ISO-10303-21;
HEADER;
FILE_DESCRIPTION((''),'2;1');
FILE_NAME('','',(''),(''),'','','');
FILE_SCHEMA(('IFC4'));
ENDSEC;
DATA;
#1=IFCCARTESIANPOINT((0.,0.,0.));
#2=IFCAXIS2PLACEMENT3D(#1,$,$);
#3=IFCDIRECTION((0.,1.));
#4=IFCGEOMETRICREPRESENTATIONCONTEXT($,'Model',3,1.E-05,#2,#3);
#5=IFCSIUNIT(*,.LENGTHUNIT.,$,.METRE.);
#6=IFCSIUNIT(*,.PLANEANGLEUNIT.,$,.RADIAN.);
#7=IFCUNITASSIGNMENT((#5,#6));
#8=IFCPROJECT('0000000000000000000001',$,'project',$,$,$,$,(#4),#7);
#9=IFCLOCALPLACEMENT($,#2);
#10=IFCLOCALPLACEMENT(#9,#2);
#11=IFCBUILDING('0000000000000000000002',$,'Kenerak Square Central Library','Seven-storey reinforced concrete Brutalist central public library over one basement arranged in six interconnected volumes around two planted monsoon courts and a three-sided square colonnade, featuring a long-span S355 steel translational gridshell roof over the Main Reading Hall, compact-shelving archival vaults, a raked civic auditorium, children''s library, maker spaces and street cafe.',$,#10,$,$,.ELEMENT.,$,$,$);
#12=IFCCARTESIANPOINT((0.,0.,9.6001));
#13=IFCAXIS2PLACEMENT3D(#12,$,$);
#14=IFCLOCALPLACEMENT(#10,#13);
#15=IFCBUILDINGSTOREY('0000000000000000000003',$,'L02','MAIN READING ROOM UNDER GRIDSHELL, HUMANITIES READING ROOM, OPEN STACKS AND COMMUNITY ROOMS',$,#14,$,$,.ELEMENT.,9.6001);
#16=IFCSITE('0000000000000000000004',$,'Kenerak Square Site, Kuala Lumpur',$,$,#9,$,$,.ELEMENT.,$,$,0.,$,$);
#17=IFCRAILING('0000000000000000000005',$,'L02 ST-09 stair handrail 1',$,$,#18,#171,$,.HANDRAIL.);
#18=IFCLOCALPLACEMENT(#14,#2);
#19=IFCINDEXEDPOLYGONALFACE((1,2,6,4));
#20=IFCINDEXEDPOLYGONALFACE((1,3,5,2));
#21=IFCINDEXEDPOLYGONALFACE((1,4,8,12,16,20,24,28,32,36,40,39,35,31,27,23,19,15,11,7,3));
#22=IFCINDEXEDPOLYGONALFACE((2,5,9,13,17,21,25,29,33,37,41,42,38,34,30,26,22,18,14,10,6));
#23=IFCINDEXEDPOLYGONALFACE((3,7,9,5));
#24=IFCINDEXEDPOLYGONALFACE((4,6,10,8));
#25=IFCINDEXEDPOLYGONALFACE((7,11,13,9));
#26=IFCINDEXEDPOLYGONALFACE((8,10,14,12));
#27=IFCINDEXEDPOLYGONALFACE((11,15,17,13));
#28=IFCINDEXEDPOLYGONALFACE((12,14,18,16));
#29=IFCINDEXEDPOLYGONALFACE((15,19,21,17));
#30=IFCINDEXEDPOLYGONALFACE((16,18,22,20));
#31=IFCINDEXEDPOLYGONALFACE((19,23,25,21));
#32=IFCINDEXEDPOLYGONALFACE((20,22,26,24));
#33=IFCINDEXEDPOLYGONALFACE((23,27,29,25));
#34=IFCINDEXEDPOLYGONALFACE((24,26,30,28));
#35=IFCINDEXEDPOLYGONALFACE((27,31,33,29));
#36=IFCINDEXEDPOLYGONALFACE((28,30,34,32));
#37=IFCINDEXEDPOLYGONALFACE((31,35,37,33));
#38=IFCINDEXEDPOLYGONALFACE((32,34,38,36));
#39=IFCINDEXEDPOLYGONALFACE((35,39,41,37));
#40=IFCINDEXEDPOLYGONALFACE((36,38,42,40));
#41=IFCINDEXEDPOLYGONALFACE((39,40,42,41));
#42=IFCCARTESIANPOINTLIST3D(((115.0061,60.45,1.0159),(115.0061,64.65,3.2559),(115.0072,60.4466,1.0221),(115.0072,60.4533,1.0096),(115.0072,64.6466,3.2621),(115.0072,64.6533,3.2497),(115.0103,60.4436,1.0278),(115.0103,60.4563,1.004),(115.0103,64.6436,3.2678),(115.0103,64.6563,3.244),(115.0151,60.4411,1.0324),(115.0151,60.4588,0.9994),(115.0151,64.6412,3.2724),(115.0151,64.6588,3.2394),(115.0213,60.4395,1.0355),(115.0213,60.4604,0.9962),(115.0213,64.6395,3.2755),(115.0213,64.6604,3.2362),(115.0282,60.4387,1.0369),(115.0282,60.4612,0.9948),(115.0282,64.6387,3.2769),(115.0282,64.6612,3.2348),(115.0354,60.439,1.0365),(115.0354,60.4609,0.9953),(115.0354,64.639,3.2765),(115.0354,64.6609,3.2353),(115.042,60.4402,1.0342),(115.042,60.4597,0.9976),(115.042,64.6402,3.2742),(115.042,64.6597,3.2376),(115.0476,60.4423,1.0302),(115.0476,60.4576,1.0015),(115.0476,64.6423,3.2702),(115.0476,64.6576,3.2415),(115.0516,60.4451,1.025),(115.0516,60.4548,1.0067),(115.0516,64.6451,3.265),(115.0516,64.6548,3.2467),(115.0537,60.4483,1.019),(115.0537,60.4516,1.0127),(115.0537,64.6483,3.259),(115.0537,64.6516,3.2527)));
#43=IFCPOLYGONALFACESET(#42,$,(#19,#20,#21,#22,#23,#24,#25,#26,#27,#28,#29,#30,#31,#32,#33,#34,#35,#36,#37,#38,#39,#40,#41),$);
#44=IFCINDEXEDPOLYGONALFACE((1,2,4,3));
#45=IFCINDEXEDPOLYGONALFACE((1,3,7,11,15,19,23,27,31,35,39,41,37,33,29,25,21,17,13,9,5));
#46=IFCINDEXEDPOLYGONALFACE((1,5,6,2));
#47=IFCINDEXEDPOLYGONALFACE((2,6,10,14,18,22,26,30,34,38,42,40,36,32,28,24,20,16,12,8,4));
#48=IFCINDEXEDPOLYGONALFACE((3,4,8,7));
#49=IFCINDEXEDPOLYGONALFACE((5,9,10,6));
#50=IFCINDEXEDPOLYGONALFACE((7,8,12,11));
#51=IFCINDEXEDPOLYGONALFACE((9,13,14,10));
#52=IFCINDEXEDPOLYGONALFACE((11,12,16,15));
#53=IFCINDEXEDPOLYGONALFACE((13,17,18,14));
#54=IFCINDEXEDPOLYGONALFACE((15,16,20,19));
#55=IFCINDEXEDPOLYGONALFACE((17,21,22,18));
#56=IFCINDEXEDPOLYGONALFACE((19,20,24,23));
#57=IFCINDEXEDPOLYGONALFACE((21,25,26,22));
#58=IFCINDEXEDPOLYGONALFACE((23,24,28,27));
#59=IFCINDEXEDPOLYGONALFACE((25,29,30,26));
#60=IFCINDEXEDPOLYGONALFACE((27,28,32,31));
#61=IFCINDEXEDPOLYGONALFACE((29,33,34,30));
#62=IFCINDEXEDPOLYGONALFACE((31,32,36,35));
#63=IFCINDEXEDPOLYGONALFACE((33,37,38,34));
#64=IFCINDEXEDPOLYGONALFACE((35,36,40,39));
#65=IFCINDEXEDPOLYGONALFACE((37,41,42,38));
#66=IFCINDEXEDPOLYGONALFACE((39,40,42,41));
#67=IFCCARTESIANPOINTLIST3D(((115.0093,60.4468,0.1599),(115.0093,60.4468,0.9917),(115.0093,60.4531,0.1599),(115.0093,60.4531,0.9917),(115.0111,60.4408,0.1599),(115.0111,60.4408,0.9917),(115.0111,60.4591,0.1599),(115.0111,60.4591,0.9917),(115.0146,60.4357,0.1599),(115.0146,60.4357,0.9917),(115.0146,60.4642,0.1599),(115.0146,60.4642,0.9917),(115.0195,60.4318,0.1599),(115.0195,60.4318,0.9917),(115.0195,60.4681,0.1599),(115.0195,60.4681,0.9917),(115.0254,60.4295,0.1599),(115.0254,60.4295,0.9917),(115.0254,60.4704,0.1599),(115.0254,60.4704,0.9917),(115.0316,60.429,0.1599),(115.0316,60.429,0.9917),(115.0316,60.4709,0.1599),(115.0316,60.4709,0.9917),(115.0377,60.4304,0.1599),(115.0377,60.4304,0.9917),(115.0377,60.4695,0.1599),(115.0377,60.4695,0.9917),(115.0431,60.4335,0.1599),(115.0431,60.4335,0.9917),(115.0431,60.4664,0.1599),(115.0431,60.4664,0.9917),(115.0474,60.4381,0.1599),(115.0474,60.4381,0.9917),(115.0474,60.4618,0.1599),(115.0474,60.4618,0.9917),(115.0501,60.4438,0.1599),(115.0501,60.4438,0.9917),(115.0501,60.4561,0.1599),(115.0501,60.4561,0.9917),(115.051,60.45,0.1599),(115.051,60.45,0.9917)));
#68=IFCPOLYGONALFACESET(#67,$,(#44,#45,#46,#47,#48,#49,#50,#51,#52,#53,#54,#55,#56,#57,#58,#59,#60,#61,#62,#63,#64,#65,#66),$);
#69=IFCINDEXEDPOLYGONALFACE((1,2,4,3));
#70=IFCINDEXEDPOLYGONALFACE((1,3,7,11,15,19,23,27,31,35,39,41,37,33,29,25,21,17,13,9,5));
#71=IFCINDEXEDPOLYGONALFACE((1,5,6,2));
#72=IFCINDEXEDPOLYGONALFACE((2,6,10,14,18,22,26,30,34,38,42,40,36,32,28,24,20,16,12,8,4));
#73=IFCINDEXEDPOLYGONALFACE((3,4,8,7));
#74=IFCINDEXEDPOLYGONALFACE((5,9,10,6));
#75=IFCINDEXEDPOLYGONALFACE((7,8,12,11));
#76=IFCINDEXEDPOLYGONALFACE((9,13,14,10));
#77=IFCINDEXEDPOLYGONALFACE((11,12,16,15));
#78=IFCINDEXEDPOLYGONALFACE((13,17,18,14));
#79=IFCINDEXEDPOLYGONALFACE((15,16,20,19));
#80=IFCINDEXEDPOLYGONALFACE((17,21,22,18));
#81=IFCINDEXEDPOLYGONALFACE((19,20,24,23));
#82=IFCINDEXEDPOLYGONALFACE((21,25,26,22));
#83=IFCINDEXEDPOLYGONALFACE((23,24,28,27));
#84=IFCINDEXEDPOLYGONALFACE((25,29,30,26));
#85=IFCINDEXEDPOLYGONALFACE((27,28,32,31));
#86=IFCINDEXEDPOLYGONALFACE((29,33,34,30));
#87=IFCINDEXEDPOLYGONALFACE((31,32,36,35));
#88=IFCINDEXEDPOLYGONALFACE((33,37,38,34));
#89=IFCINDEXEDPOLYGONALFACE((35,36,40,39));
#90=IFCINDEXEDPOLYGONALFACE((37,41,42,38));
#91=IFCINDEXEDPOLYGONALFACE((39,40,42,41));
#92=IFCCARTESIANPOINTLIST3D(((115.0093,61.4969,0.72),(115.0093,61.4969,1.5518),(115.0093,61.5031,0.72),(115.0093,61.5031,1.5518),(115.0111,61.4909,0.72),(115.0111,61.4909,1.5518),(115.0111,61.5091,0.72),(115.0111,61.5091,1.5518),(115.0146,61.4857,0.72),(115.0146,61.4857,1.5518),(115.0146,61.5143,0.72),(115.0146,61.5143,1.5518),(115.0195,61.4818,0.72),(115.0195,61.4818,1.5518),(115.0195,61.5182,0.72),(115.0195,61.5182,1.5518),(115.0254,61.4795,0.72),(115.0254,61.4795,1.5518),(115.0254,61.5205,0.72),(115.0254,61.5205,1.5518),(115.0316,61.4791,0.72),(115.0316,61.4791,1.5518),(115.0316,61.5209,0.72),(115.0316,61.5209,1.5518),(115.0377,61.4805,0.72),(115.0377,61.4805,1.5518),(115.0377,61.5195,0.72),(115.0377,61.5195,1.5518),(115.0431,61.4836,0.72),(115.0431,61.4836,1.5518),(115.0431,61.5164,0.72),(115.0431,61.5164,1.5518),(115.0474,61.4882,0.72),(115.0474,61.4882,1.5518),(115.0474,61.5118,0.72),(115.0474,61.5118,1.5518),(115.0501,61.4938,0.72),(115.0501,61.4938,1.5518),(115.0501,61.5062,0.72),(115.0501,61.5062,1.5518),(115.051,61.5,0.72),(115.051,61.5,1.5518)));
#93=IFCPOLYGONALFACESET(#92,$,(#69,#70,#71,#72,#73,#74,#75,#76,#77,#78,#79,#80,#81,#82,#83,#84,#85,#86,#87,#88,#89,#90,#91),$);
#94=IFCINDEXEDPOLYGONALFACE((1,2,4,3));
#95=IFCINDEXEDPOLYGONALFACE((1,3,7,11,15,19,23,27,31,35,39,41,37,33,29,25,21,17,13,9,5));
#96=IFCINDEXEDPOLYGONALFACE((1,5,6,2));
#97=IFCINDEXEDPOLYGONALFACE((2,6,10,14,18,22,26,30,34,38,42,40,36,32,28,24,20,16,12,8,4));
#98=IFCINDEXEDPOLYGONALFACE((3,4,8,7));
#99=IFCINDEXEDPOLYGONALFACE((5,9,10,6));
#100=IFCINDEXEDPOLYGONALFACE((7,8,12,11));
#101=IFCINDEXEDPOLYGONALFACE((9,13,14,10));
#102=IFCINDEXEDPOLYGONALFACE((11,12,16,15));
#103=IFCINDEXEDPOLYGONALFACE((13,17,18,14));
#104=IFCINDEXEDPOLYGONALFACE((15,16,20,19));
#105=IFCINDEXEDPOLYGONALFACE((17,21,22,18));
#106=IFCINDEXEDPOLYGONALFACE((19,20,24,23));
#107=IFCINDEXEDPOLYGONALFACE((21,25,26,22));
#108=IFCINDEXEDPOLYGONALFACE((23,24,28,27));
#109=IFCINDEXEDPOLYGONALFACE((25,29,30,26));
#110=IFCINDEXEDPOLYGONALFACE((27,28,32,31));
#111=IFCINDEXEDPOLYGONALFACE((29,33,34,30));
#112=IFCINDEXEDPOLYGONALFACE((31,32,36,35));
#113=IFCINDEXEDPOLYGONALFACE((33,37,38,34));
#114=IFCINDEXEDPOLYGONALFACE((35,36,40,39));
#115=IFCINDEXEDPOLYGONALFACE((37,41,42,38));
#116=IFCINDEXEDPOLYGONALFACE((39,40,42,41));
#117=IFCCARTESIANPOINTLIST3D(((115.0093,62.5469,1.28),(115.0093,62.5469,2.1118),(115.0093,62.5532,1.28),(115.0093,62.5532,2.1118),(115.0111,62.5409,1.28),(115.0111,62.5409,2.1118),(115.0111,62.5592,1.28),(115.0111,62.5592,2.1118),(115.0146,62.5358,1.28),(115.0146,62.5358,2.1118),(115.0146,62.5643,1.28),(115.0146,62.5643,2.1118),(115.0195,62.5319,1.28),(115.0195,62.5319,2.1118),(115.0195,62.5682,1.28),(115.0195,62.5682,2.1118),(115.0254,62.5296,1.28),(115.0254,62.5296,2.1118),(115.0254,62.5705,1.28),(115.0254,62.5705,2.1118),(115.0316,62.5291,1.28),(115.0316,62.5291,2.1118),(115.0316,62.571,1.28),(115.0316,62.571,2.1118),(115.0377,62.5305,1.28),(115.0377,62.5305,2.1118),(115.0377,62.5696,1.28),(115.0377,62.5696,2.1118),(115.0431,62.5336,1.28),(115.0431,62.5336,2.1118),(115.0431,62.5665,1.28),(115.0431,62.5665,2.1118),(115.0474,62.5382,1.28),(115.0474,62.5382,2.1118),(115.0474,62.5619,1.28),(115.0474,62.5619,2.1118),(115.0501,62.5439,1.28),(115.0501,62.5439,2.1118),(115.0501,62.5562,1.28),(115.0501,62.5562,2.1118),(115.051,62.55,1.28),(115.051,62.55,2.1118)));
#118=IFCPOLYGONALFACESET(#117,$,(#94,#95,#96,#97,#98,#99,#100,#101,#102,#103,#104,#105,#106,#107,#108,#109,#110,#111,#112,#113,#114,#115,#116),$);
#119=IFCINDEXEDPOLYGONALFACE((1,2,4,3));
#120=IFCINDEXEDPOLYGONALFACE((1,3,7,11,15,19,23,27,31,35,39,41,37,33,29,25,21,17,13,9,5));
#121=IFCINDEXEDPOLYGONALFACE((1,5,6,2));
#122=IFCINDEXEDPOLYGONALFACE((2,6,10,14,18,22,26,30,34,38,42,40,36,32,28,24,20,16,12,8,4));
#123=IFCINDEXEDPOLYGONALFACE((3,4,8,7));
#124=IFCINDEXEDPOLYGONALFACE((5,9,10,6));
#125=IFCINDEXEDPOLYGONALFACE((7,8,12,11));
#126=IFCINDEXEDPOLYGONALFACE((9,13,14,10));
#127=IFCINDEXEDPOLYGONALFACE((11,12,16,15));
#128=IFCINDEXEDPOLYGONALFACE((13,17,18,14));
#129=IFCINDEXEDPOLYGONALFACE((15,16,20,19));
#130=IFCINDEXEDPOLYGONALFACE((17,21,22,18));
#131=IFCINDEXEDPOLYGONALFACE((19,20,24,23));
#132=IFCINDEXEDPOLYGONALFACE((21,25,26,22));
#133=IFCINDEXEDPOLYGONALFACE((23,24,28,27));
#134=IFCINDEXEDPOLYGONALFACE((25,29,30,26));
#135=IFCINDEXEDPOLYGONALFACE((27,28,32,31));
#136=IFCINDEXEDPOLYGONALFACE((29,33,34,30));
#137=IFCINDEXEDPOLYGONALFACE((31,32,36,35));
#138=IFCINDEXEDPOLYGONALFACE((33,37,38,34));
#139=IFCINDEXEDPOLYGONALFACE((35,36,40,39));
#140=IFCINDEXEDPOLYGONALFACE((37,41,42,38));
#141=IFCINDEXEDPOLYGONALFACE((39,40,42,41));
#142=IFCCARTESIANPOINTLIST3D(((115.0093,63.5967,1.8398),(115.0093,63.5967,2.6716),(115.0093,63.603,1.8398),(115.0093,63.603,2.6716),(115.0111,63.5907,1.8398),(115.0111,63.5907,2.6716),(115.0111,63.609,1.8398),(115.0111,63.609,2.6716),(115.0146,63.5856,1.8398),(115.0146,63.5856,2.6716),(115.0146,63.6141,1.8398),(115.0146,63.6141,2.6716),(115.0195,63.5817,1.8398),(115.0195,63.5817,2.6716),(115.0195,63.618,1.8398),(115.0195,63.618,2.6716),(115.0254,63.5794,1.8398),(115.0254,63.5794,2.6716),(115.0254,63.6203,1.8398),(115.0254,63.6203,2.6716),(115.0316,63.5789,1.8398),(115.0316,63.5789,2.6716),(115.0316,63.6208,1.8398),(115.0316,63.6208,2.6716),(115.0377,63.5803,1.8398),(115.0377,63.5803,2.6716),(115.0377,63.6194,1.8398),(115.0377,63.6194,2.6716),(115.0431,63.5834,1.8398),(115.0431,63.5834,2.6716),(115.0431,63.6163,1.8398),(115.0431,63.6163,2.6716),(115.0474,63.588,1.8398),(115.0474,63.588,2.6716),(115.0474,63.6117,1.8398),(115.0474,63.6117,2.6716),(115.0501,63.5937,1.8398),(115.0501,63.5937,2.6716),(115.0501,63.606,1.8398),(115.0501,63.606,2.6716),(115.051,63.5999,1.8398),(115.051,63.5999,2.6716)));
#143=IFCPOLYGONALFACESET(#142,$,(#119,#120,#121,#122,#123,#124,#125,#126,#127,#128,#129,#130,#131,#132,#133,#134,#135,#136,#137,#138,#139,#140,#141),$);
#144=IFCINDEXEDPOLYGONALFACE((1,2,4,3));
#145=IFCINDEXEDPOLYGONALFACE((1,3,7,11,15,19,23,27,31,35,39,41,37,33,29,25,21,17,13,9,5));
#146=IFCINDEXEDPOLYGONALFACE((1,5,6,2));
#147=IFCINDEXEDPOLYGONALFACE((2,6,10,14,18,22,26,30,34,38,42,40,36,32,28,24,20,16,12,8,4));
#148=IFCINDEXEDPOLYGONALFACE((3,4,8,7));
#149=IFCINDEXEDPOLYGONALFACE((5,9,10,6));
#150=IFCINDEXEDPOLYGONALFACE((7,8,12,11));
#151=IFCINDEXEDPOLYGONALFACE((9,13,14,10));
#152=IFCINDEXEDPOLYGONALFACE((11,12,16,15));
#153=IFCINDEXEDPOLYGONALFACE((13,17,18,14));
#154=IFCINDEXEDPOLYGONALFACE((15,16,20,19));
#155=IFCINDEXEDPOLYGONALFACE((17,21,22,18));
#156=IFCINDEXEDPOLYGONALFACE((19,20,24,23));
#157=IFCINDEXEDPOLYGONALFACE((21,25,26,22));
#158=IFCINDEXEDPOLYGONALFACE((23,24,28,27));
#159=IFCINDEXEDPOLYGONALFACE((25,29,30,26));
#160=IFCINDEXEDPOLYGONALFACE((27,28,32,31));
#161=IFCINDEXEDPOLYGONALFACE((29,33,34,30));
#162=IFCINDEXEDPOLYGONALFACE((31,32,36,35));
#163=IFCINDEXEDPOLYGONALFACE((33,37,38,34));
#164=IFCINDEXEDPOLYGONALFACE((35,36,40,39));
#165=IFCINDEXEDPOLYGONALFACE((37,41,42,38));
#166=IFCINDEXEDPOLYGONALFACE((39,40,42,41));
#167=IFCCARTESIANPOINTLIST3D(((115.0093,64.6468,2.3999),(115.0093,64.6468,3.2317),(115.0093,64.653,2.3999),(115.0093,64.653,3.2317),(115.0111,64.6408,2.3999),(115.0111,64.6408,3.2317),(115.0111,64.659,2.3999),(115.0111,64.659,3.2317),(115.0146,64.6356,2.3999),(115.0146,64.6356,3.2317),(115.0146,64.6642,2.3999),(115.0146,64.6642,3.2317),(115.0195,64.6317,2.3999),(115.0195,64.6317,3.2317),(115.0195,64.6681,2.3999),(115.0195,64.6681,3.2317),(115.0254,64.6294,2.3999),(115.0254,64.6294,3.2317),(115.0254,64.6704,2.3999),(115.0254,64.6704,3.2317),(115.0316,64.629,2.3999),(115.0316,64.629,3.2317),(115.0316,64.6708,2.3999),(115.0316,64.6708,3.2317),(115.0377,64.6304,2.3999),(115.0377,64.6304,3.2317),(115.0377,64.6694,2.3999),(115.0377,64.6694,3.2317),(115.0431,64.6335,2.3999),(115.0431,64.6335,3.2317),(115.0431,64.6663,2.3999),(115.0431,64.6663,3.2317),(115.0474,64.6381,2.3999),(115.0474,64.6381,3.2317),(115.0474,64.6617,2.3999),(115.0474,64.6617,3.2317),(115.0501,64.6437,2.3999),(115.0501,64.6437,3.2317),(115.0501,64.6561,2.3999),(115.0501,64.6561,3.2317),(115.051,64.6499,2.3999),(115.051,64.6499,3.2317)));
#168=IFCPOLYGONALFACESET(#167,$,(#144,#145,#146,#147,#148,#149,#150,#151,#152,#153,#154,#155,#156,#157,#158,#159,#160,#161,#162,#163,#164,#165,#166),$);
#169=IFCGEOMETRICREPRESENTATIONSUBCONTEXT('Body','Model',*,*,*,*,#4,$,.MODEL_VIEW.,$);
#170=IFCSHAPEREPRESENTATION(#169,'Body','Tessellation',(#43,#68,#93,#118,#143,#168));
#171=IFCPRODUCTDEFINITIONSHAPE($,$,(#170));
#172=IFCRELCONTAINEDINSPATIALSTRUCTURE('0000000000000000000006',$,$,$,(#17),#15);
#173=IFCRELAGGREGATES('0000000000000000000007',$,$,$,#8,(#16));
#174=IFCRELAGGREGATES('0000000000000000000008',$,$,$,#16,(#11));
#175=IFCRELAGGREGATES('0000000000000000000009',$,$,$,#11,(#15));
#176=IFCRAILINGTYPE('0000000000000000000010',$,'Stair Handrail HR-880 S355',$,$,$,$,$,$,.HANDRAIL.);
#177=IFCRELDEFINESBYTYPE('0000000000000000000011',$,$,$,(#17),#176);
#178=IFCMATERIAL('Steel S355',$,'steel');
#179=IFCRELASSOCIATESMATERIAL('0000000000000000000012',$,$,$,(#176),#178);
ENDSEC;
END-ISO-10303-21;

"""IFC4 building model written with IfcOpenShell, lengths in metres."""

from ifc_helpers import new_model, si_unit, direction, frame, origin, origin_2d, place, context, subcontext, project, spatial, circle, extrude, material, type_object, element, save


model = new_model("IFC4")

# Units and contexts
model_context = context("Model", 3, precision=1e-05, world=origin(), true_north=direction((0.0, 1.0)))
body_context = subcontext(model_context, "Body", "Model", "MODEL_VIEW")
ifc_project = project(units=[si_unit("LENGTHUNIT", "METRE"), si_unit("PLANEANGLEUNIT", "RADIAN")], contexts=[model_context])

# Site, building, storey
site_placement = place(None, origin())
site = spatial("IfcSite", under=ifc_project, at=site_placement, Name="Kenerak Square Site, Kuala Lumpur", CompositionType="ELEMENT", RefElevation=0.0)
building_placement = place(site_placement, origin())
building = spatial("IfcBuilding", under=site, at=building_placement, Name="Kenerak Square Central Library", Description="Seven-storey reinforced concrete Brutalist central public library over one basement arranged in six interconnected volumes around two planted monsoon courts and a three-sided square colonnade, featuring a long-span S355 steel translational gridshell roof over the Main Reading Hall, compact-shelving archival vaults, a raked civic auditorium, children's library, maker spaces and street cafe.", CompositionType="ELEMENT")
storey_placement = place(building_placement, frame((0.0, 0.0, 9.6001)))
storey = spatial("IfcBuildingStorey", under=building, at=storey_placement, Name="L02", Description="MAIN READING ROOM UNDER GRIDSHELL, HUMANITIES READING ROOM, OPEN STACKS AND COMMUNITY ROOMS", CompositionType="ELEMENT", Elevation=9.6001)

# Shared definitions
ifc_material_1 = material(Name="Steel S355", Category="steel")

# Railing
railing_type_1 = type_object("IfcRailingType", Name="Stair Handrail HR-880 S355", PredefinedType="HANDRAIL", material=ifc_material_1)
railing_1_placement = place(storey_placement, frame((115.03, 60.45, 0.1599)))
element("IfcRailing", 1, at=railing_1_placement, inside=storey, type_object=railing_type_1, Name="L02 ST-09 stair handrail 1", PredefinedType="HANDRAIL", context=body_context, shape_type="SweptSolid", body=[
    extrude(circle(Radius=0.0239, at=origin_2d()), frame((0.0, 0.0, 0.856), z_axis=(0.0, 0.882352, 0.470591), x_axis=(-1.0, 0.0, 0.0)), (0.0, 0.0, 1.0), 4.76),
    extrude(circle(Radius=0.021, at=origin_2d()), origin(), (0.0, 0.0, 1.0), 0.8318),
    extrude(circle(Radius=0.021, at=origin_2d()), frame((0.0, 1.05, 0.5601)), (0.0, 0.0, 1.0), 0.8318),
    extrude(circle(Radius=0.021, at=origin_2d()), frame((0.0, 2.1001, 1.1201)), (0.0, 0.0, 1.0), 0.8318),
    extrude(circle(Radius=0.021, at=origin_2d()), frame((0.0, 3.1499, 1.6799)), (0.0, 0.0, 1.0), 0.8318),
    extrude(circle(Radius=0.021, at=origin_2d()), frame((0.0, 4.2, 2.24)), (0.0, 0.0, 1.0), 0.8318),
])

save(model, "model.ifc")
